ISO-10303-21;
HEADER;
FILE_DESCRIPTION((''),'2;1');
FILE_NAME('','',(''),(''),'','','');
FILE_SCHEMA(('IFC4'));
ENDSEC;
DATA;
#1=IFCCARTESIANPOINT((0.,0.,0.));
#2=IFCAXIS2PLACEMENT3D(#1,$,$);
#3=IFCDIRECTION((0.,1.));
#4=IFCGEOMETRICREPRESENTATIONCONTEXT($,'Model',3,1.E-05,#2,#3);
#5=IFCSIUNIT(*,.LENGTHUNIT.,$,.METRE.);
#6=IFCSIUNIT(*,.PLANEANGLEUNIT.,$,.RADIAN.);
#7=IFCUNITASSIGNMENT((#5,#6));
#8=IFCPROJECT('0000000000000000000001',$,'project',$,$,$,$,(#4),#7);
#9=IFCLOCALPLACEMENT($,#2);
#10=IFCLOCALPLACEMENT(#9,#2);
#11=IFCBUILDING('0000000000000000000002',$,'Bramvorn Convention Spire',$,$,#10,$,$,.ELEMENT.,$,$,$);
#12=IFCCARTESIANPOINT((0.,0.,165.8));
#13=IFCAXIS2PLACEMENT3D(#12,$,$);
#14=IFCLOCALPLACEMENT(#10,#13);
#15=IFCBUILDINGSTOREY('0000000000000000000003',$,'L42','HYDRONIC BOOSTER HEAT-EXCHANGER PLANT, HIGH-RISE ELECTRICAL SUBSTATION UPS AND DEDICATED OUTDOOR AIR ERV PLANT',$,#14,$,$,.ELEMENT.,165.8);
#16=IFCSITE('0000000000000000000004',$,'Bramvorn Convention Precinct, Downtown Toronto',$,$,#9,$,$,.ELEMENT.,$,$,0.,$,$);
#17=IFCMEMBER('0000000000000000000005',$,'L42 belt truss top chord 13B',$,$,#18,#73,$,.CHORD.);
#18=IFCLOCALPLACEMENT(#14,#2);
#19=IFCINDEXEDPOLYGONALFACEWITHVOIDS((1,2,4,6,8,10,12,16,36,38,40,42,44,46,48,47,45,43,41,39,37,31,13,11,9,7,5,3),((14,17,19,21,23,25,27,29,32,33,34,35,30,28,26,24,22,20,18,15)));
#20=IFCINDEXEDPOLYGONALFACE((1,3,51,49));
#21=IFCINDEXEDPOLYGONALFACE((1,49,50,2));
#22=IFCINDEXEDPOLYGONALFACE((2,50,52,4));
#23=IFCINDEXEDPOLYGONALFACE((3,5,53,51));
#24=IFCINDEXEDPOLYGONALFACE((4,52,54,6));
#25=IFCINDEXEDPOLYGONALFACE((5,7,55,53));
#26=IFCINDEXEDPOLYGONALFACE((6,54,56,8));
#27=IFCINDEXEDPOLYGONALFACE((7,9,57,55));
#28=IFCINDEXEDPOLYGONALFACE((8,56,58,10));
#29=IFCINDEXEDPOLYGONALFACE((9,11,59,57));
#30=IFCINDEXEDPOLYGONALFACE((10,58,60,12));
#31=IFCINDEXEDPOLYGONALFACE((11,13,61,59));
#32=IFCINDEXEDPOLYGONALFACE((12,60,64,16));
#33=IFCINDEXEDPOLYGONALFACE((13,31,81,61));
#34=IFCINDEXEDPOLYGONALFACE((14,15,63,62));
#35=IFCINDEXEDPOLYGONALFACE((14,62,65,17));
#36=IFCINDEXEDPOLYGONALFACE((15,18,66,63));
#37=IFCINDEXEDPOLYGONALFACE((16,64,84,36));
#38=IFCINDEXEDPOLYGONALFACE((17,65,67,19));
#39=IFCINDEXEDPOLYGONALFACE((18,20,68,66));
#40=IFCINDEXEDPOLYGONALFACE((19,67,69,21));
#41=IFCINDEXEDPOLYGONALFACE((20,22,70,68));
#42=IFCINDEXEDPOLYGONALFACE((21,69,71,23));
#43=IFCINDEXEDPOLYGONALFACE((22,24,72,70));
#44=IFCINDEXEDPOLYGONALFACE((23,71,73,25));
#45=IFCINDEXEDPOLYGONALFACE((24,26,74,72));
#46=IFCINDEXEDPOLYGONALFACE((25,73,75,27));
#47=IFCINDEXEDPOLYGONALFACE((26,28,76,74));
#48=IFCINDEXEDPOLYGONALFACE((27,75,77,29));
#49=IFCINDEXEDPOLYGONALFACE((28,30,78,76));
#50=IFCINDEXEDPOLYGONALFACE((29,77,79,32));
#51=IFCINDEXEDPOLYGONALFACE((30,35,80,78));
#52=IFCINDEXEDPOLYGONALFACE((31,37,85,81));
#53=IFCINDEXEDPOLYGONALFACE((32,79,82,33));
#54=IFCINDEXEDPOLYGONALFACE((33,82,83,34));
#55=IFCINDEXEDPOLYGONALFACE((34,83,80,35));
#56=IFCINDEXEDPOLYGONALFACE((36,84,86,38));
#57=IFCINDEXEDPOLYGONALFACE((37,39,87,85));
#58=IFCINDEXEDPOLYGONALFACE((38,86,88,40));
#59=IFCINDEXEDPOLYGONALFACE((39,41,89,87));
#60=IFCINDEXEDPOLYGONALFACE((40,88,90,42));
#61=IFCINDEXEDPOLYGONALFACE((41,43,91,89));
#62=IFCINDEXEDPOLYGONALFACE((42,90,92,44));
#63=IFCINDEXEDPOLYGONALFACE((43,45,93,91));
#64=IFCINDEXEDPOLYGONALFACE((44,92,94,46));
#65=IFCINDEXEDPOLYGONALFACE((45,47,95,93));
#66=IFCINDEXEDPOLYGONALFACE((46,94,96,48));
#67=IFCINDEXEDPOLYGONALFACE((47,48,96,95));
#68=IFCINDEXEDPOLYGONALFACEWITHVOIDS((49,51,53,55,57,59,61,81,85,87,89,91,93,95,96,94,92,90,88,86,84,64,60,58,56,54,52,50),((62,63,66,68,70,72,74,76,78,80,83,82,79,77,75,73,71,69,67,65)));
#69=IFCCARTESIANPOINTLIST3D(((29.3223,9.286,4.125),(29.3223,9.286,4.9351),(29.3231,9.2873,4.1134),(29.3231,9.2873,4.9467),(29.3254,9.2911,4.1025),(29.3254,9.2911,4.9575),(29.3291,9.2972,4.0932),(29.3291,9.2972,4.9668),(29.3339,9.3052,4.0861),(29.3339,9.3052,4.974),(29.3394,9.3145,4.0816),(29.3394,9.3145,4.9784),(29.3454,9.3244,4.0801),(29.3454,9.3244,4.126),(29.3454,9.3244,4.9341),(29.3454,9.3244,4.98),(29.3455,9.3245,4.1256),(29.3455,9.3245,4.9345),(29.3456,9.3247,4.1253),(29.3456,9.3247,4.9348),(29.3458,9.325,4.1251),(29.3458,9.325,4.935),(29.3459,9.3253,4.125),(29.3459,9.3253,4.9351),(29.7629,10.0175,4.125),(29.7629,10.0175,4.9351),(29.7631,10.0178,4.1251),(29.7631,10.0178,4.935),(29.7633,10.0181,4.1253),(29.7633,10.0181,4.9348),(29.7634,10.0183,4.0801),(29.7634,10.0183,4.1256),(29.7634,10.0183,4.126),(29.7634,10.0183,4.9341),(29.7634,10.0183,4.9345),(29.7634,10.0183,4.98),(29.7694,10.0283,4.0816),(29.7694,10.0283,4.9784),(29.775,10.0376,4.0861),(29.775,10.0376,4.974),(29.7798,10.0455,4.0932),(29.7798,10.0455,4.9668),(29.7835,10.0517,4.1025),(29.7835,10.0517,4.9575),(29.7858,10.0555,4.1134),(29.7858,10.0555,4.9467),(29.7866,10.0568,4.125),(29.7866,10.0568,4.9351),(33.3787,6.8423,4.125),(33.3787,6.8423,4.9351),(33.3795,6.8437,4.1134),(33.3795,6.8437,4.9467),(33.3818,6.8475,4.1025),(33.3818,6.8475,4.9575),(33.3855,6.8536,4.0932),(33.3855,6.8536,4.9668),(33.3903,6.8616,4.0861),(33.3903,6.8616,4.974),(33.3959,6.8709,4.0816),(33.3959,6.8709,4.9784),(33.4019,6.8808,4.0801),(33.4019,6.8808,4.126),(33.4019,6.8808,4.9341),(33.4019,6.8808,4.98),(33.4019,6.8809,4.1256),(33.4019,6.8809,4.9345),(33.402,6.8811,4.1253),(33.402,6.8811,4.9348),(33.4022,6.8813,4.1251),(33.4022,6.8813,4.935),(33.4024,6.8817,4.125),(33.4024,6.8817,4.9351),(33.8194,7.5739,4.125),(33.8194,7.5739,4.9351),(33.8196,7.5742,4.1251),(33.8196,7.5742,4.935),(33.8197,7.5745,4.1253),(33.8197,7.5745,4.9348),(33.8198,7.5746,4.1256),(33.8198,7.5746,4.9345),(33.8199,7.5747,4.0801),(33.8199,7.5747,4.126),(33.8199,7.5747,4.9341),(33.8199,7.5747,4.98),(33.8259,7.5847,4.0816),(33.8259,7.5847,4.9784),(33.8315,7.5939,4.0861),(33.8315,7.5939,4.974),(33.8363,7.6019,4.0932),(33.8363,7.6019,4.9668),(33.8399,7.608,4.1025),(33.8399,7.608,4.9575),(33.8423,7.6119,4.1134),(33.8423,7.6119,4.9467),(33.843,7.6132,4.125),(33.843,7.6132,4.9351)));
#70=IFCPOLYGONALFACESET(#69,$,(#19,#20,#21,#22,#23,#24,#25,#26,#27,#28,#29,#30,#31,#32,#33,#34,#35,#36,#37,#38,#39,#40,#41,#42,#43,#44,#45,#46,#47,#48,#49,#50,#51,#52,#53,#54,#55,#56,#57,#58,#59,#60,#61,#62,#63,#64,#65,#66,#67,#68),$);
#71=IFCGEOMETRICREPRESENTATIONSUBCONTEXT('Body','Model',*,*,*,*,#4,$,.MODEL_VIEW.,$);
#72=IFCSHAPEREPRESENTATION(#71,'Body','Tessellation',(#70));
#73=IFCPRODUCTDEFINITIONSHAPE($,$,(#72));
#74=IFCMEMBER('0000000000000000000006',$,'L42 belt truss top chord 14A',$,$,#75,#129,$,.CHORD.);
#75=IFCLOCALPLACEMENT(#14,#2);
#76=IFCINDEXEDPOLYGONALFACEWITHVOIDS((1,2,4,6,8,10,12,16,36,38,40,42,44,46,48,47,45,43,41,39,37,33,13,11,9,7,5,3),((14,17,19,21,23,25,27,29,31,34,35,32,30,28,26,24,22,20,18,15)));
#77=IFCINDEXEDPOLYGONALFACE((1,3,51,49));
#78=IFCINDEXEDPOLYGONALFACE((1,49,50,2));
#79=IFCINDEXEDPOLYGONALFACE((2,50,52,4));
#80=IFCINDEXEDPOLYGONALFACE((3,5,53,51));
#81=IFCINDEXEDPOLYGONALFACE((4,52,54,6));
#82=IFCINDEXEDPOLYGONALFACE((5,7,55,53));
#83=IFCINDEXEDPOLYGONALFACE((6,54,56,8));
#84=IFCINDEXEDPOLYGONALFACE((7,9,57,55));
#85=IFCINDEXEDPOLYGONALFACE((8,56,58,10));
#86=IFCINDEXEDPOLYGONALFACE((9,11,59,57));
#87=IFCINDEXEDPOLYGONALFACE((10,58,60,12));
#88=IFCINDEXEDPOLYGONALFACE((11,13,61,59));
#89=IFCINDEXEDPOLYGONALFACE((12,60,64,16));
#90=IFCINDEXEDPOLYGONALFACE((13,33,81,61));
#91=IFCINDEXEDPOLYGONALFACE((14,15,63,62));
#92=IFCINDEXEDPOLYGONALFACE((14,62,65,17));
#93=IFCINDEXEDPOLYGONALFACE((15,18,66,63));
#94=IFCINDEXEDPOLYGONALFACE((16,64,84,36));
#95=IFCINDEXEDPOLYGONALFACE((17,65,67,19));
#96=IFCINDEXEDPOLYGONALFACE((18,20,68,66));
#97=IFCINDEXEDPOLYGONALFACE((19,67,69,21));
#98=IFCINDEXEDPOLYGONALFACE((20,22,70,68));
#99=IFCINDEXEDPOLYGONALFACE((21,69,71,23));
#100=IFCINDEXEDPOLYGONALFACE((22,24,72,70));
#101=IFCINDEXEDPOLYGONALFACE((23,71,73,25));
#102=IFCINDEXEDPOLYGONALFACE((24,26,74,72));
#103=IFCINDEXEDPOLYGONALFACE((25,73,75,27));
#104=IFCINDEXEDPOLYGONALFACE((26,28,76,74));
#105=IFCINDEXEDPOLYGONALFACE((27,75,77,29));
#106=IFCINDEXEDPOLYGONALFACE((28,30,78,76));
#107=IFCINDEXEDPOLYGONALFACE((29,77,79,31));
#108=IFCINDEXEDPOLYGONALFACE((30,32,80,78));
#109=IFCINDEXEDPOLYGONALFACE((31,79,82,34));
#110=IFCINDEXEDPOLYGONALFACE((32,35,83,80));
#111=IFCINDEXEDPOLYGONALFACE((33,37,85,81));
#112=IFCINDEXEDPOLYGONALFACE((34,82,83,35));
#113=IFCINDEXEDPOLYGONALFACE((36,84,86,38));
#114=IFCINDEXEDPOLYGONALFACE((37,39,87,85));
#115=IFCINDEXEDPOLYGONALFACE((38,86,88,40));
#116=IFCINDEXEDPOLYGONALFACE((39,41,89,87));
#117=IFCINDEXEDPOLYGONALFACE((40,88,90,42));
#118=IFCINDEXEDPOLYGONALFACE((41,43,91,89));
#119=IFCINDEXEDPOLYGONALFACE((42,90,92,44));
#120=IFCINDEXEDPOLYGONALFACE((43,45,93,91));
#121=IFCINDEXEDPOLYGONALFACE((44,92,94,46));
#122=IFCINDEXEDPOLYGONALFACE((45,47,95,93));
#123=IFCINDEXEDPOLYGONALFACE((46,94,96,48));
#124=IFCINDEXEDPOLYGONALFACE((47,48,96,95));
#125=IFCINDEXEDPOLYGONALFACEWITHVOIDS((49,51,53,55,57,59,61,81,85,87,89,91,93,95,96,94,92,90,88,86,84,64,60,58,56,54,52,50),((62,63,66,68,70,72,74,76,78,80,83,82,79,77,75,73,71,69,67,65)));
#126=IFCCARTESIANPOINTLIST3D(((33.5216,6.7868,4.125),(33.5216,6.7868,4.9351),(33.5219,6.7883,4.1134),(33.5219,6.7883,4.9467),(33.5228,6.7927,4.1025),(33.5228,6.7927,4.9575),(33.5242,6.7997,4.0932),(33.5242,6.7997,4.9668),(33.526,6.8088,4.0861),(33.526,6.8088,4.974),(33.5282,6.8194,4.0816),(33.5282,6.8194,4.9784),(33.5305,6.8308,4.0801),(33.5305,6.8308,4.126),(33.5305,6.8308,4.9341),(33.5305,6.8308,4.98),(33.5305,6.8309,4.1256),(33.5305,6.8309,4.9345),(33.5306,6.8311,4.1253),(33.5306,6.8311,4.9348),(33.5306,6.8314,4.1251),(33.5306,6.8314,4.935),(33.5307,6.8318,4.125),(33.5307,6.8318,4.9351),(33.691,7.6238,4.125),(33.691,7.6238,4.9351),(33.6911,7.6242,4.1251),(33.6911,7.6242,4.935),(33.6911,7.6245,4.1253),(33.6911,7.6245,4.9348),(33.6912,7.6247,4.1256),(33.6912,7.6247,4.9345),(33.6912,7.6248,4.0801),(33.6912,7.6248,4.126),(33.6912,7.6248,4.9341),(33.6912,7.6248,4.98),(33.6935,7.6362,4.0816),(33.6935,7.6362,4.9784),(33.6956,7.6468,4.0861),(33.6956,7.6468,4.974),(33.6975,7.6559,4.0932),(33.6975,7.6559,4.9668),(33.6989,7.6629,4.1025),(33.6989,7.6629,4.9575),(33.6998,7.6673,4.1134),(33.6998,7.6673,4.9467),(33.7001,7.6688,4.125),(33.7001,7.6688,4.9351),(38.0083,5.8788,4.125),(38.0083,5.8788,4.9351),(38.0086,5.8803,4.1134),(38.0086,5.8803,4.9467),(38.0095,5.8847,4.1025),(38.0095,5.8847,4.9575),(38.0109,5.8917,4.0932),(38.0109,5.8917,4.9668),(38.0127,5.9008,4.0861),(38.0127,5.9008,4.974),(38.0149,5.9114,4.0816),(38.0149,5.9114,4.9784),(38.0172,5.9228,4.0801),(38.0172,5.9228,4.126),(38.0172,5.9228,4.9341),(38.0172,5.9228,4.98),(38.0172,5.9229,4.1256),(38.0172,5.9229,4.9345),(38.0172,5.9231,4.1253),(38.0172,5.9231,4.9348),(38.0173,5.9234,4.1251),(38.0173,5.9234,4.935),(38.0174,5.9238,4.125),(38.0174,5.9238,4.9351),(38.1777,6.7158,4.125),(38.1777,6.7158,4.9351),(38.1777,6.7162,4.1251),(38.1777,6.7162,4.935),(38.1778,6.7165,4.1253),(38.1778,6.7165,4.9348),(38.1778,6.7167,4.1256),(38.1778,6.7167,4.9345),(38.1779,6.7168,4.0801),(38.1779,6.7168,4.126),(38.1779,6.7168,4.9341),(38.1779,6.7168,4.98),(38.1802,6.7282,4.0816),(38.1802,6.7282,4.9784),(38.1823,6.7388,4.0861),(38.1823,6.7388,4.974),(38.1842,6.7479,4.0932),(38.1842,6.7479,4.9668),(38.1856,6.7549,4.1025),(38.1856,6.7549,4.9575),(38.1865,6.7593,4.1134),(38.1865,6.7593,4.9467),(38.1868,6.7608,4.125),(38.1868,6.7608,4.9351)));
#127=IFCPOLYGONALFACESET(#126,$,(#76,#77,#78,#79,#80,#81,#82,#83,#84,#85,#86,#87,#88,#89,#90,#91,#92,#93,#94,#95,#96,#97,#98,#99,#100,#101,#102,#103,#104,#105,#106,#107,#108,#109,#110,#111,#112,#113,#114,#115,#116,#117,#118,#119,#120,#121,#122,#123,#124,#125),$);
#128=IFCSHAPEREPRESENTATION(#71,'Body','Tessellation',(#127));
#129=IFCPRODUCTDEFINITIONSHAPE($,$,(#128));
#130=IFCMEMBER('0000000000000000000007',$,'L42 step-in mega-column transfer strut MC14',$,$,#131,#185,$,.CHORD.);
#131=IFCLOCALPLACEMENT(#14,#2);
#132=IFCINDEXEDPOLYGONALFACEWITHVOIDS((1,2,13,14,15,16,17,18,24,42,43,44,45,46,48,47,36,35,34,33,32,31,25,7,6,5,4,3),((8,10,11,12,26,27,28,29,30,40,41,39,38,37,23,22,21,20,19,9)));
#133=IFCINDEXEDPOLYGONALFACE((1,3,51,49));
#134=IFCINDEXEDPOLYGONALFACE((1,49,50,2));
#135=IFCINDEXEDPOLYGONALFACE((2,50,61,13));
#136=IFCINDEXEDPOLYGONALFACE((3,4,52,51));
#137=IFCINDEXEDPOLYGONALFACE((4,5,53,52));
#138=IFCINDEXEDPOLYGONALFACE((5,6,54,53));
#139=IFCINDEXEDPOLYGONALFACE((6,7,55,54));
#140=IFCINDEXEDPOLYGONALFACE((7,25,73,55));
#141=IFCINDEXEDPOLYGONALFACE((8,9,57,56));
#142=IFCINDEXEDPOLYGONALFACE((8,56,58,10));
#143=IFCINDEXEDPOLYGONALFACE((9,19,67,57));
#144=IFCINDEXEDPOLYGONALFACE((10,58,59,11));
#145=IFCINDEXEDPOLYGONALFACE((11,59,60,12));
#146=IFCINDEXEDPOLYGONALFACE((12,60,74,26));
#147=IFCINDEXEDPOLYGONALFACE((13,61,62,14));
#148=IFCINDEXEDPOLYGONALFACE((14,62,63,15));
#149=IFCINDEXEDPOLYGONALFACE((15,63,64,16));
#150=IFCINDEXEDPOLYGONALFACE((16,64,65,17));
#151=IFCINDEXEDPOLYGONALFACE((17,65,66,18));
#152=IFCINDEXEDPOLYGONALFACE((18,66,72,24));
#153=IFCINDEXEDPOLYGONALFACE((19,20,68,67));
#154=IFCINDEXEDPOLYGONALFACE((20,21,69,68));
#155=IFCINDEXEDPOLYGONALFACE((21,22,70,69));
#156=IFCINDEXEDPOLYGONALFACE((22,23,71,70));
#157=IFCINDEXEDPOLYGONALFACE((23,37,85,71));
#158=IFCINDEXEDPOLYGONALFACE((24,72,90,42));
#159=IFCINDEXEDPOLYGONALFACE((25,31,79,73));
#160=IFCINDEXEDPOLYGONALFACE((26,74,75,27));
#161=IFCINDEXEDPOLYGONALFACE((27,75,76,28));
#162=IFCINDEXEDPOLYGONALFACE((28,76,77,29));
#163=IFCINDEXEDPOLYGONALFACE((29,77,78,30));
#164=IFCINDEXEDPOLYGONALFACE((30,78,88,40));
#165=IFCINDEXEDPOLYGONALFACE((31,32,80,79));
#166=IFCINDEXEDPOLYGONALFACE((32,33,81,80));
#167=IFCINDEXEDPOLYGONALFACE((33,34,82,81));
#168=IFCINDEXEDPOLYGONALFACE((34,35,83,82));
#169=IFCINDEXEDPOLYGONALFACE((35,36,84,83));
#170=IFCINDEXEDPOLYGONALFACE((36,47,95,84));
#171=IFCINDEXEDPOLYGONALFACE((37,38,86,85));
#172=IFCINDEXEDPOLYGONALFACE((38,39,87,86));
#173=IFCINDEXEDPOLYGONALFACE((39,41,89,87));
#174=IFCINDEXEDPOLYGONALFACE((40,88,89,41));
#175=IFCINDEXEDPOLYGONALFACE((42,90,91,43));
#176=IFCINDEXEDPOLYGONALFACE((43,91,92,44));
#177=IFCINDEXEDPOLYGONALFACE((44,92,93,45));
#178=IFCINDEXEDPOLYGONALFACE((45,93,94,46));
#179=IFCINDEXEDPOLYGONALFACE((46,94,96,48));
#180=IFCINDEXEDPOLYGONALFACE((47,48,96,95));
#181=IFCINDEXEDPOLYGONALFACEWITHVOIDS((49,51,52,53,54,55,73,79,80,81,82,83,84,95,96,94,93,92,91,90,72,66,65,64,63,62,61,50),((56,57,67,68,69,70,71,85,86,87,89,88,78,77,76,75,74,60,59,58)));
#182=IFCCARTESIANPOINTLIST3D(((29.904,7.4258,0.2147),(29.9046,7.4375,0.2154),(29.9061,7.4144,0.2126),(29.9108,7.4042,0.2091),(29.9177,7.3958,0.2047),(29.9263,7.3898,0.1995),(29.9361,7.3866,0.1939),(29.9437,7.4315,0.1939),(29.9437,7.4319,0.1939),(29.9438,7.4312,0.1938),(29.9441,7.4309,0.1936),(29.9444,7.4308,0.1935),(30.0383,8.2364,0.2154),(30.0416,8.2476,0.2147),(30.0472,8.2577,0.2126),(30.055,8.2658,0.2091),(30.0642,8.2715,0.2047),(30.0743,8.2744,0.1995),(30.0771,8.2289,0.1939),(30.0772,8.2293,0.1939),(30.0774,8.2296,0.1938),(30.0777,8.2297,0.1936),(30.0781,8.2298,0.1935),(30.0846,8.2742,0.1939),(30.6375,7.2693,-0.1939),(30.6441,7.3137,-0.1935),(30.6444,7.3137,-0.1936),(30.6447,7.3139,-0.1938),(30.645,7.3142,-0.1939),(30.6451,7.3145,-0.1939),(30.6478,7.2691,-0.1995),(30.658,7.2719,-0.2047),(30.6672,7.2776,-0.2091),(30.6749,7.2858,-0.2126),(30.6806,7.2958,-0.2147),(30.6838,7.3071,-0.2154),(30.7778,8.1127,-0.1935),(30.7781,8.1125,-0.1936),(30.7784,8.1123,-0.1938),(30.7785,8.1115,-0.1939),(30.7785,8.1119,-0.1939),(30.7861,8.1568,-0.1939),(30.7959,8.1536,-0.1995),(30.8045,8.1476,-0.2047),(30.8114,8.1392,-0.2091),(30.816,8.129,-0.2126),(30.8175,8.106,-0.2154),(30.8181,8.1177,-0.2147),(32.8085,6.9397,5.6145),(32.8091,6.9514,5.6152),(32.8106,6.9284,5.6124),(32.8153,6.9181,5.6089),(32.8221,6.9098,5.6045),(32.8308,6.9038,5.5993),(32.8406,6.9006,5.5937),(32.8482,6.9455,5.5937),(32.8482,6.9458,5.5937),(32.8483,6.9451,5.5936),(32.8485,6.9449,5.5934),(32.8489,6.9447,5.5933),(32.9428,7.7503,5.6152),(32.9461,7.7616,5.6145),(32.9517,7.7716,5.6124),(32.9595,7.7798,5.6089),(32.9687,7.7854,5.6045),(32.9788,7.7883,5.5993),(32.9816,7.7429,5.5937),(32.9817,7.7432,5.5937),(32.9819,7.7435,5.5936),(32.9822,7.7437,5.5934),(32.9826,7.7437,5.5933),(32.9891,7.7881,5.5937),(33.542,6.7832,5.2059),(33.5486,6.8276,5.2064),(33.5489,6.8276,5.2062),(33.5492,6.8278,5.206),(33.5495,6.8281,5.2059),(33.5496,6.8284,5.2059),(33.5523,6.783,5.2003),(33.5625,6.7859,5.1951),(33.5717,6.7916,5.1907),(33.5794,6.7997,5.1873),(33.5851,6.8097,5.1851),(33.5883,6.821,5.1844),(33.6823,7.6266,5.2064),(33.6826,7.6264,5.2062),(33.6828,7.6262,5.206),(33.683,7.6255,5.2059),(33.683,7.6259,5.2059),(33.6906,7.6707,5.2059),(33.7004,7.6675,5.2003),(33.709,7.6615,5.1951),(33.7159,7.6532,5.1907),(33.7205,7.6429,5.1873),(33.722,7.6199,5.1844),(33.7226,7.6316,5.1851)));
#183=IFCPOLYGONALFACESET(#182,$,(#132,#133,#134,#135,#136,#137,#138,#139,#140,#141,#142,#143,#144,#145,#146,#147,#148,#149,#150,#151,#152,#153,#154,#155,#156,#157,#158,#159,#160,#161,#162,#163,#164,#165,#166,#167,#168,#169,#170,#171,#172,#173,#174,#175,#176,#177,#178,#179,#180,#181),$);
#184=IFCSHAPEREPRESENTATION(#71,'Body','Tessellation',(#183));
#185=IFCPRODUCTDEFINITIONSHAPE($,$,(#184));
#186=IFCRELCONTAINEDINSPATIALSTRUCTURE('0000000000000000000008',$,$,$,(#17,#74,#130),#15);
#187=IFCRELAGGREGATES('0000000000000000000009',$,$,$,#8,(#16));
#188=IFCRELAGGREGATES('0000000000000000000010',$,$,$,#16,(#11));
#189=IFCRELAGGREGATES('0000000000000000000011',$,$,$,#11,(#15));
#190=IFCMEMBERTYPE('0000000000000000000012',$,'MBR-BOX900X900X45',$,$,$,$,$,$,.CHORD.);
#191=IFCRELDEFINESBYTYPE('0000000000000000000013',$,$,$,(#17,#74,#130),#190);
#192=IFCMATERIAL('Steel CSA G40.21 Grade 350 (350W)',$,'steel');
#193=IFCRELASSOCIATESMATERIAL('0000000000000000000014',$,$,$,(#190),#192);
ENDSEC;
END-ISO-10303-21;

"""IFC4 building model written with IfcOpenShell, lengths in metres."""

from ifc_helpers import new_model, si_unit, direction, frame, origin, origin_2d, place, context, subcontext, project, spatial, hollow_rectangle, extrude, material, material_profile, profile_set, type_object, element, save


model = new_model("IFC4")

# Units and contexts
model_context = context("Model", 3, precision=1e-05, world=origin(), true_north=direction((0.0, 1.0)))
body_context = subcontext(model_context, "Body", "Model", "MODEL_VIEW")
ifc_project = project(units=[si_unit("LENGTHUNIT", "METRE"), si_unit("PLANEANGLEUNIT", "RADIAN")], contexts=[model_context])

# Site, building, storey
site_placement = place(None, origin())
site = spatial("IfcSite", under=ifc_project, at=site_placement, Name="Bramvorn Convention Precinct, Downtown Toronto", CompositionType="ELEMENT", RefElevation=0.0)
building_placement = place(site_placement, origin())
building = spatial("IfcBuilding", under=site, at=building_placement, Name="Bramvorn Convention Spire", CompositionType="ELEMENT")
storey_placement = place(building_placement, frame((0.0, 0.0, 165.8)))
storey = spatial("IfcBuildingStorey", under=building, at=storey_placement, Name="L42", Description="HYDRONIC BOOSTER HEAT-EXCHANGER PLANT, HIGH-RISE ELECTRICAL SUBSTATION UPS AND DEDICATED OUTDOOR AIR ERV PLANT", CompositionType="ELEMENT", Elevation=165.8)

# Shared definitions
ifc_material_1 = material(Name="Steel CSA G40.21 Grade 350 (350W)", Category="steel")

# Members
ifc_material_profile_1 = material_profile(ifc_material_1, hollow_rectangle(XDim=0.8999, YDim=0.8999, WallThickness=0.0449, InnerFilletRadius=0.001, OuterFilletRadius=0.0449, at=origin_2d()))
ifc_profile_set_1 = profile_set([ifc_material_profile_1], Name="Steel CSA G40.21 Grade 350 (350W) - BOX900X900X45")
member_type_1 = type_object("IfcMemberType", Name="MBR-BOX900X900X45", PredefinedType="CHORD", material=ifc_profile_set_1)
member_1_placement = place(storey_placement, frame((29.5544, 9.6714, 4.53), z_axis=(0.856582, -0.516011, 0.0), x_axis=(0.516011, 0.856582, 0.0)))
element("IfcMember", 1, at=member_1_placement, inside=storey, type_object=member_type_1, Name="L42 belt truss top chord 13B", PredefinedType="CHORD", context=body_context, shape_type="SweptSolid", body=[
    extrude(hollow_rectangle(XDim=0.8999, YDim=0.8999, WallThickness=0.0449, InnerFilletRadius=0.001, OuterFilletRadius=0.0449, at=origin_2d()), origin(), (0.0, 0.0, 1.0), 4.7356),
])
member_2_placement = place(storey_placement, frame((33.6108, 7.2278, 4.53), z_axis=(0.980131, -0.198352, 0.0), x_axis=(0.198352, 0.980131, 0.0)))
element("IfcMember", 2, at=member_2_placement, inside=storey, type_object=member_type_1, Name="L42 belt truss top chord 14A", PredefinedType="CHORD", context=body_context, shape_type="SweptSolid", body=[
    extrude(hollow_rectangle(XDim=0.8999, YDim=0.8999, WallThickness=0.0449, InnerFilletRadius=0.001, OuterFilletRadius=0.0449, at=origin_2d()), origin(), (0.0, 0.0, 1.0), 4.5776),
])
member_3_placement = place(storey_placement, frame((30.3611, 7.7717, 0.0), z_axis=(0.472226, -0.079029, 0.877928), x_axis=(0.165058, 0.986284, 0.0)))
element("IfcMember", 3, at=member_3_placement, inside=storey, type_object=member_type_1, Name="L42 step-in mega-column transfer strut MC14", PredefinedType="CHORD", context=body_context, shape_type="SweptSolid", body=[
    extrude(hollow_rectangle(XDim=0.8999, YDim=0.8999, WallThickness=0.0449, InnerFilletRadius=0.001, OuterFilletRadius=0.0449, at=origin_2d()), origin(), (0.0, 0.0, 1.0), 6.1506),
])

save(model, "model.ifc")
